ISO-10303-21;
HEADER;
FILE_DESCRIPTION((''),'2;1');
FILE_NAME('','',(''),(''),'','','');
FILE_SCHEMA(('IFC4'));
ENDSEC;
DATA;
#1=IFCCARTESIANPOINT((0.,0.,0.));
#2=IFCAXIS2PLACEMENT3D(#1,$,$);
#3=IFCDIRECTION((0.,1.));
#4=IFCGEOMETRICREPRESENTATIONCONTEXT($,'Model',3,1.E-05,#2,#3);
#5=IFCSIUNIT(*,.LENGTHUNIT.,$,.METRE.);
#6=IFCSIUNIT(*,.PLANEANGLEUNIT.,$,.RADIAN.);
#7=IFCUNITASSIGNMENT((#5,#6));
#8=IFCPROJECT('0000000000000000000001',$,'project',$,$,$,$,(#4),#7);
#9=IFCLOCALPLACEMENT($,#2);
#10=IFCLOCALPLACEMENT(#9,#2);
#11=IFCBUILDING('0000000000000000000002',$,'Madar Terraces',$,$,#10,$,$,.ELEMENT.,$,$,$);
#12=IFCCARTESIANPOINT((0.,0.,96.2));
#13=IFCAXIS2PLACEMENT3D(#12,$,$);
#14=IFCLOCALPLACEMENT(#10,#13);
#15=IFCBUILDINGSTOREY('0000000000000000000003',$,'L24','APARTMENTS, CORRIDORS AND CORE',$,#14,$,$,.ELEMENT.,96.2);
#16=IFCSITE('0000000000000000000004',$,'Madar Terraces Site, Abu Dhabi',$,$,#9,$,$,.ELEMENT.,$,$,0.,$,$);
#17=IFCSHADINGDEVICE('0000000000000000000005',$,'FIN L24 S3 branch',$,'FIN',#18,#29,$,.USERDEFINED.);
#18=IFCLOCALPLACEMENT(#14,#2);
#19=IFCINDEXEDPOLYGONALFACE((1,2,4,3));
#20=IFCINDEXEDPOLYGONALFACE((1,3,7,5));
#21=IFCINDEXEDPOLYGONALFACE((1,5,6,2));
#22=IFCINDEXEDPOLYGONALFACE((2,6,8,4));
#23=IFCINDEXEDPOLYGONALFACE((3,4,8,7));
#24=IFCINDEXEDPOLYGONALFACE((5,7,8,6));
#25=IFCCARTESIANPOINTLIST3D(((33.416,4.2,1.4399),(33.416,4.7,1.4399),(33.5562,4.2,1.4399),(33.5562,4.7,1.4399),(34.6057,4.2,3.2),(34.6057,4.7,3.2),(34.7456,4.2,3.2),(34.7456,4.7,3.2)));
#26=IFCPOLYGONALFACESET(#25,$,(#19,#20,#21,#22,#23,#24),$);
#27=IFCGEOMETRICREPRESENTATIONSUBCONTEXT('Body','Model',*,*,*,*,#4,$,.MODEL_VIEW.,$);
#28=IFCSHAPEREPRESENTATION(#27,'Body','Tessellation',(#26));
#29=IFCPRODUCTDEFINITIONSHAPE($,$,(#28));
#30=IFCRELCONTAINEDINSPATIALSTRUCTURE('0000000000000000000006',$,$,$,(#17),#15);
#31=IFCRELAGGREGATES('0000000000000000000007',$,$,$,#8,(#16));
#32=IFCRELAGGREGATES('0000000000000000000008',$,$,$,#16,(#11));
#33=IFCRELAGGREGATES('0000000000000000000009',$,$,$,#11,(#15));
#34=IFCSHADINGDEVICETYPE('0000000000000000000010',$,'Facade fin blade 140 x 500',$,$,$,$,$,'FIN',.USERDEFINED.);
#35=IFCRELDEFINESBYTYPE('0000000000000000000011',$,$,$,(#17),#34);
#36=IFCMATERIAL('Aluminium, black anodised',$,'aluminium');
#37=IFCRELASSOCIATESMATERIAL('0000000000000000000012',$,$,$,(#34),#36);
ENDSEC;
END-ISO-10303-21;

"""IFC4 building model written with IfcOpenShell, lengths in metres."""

from ifc_helpers import new_model, si_unit, direction, frame, origin, place, context, subcontext, project, spatial, polyline, outline, extrude, material, type_object, element, save


model = new_model("IFC4")

# Units and contexts
model_context = context("Model", 3, precision=1e-05, world=origin(), true_north=direction((0.0, 1.0)))
body_context = subcontext(model_context, "Body", "Model", "MODEL_VIEW")
ifc_project = project(units=[si_unit("LENGTHUNIT", "METRE"), si_unit("PLANEANGLEUNIT", "RADIAN")], contexts=[model_context])

# Site, building, storey
site_placement = place(None, origin())
site = spatial("IfcSite", under=ifc_project, at=site_placement, Name="Madar Terraces Site, Abu Dhabi", CompositionType="ELEMENT", RefElevation=0.0)
building_placement = place(site_placement, origin())
building = spatial("IfcBuilding", under=site, at=building_placement, Name="Madar Terraces", CompositionType="ELEMENT")
storey_placement = place(building_placement, frame((0.0, 0.0, 96.2)))
storey = spatial("IfcBuildingStorey", under=building, at=storey_placement, Name="L24", Description="APARTMENTS, CORRIDORS AND CORE", CompositionType="ELEMENT", Elevation=96.2)

# Shading device
ifc_material_1 = material(Name="Aluminium, black anodised", Category="aluminium")
shading_device_type = type_object("IfcShadingDeviceType", Name="Facade fin blade 140 x 500", ElementType="FIN", PredefinedType="USERDEFINED", material=ifc_material_1)
shading_device_1_placement = place(storey_placement, frame((33.416, 4.45, 1.4399), z_axis=(0.0, 0.0, 1.0), x_axis=(1.0, 0.0, 0.0)))
element("IfcShadingDevice", 1, at=shading_device_1_placement, inside=storey, type_object=shading_device_type, Name="FIN L24 S3 branch", ObjectType="FIN", PredefinedType="USERDEFINED", context=body_context, shape_type="SweptSolid", body=[
    extrude(outline(polyline([(0.0, 0.0), (0.1401, 0.0), (1.3296, 1.76), (1.1897, 1.76), (0.0, 0.0)])), frame((0.0, 0.25, 0.0), z_axis=(0.0, -1.0, 0.0), x_axis=(1.0, 0.0, 0.0)), (0.0, 0.0, 1.0), 0.5),
])

save(model, "model.ifc")
